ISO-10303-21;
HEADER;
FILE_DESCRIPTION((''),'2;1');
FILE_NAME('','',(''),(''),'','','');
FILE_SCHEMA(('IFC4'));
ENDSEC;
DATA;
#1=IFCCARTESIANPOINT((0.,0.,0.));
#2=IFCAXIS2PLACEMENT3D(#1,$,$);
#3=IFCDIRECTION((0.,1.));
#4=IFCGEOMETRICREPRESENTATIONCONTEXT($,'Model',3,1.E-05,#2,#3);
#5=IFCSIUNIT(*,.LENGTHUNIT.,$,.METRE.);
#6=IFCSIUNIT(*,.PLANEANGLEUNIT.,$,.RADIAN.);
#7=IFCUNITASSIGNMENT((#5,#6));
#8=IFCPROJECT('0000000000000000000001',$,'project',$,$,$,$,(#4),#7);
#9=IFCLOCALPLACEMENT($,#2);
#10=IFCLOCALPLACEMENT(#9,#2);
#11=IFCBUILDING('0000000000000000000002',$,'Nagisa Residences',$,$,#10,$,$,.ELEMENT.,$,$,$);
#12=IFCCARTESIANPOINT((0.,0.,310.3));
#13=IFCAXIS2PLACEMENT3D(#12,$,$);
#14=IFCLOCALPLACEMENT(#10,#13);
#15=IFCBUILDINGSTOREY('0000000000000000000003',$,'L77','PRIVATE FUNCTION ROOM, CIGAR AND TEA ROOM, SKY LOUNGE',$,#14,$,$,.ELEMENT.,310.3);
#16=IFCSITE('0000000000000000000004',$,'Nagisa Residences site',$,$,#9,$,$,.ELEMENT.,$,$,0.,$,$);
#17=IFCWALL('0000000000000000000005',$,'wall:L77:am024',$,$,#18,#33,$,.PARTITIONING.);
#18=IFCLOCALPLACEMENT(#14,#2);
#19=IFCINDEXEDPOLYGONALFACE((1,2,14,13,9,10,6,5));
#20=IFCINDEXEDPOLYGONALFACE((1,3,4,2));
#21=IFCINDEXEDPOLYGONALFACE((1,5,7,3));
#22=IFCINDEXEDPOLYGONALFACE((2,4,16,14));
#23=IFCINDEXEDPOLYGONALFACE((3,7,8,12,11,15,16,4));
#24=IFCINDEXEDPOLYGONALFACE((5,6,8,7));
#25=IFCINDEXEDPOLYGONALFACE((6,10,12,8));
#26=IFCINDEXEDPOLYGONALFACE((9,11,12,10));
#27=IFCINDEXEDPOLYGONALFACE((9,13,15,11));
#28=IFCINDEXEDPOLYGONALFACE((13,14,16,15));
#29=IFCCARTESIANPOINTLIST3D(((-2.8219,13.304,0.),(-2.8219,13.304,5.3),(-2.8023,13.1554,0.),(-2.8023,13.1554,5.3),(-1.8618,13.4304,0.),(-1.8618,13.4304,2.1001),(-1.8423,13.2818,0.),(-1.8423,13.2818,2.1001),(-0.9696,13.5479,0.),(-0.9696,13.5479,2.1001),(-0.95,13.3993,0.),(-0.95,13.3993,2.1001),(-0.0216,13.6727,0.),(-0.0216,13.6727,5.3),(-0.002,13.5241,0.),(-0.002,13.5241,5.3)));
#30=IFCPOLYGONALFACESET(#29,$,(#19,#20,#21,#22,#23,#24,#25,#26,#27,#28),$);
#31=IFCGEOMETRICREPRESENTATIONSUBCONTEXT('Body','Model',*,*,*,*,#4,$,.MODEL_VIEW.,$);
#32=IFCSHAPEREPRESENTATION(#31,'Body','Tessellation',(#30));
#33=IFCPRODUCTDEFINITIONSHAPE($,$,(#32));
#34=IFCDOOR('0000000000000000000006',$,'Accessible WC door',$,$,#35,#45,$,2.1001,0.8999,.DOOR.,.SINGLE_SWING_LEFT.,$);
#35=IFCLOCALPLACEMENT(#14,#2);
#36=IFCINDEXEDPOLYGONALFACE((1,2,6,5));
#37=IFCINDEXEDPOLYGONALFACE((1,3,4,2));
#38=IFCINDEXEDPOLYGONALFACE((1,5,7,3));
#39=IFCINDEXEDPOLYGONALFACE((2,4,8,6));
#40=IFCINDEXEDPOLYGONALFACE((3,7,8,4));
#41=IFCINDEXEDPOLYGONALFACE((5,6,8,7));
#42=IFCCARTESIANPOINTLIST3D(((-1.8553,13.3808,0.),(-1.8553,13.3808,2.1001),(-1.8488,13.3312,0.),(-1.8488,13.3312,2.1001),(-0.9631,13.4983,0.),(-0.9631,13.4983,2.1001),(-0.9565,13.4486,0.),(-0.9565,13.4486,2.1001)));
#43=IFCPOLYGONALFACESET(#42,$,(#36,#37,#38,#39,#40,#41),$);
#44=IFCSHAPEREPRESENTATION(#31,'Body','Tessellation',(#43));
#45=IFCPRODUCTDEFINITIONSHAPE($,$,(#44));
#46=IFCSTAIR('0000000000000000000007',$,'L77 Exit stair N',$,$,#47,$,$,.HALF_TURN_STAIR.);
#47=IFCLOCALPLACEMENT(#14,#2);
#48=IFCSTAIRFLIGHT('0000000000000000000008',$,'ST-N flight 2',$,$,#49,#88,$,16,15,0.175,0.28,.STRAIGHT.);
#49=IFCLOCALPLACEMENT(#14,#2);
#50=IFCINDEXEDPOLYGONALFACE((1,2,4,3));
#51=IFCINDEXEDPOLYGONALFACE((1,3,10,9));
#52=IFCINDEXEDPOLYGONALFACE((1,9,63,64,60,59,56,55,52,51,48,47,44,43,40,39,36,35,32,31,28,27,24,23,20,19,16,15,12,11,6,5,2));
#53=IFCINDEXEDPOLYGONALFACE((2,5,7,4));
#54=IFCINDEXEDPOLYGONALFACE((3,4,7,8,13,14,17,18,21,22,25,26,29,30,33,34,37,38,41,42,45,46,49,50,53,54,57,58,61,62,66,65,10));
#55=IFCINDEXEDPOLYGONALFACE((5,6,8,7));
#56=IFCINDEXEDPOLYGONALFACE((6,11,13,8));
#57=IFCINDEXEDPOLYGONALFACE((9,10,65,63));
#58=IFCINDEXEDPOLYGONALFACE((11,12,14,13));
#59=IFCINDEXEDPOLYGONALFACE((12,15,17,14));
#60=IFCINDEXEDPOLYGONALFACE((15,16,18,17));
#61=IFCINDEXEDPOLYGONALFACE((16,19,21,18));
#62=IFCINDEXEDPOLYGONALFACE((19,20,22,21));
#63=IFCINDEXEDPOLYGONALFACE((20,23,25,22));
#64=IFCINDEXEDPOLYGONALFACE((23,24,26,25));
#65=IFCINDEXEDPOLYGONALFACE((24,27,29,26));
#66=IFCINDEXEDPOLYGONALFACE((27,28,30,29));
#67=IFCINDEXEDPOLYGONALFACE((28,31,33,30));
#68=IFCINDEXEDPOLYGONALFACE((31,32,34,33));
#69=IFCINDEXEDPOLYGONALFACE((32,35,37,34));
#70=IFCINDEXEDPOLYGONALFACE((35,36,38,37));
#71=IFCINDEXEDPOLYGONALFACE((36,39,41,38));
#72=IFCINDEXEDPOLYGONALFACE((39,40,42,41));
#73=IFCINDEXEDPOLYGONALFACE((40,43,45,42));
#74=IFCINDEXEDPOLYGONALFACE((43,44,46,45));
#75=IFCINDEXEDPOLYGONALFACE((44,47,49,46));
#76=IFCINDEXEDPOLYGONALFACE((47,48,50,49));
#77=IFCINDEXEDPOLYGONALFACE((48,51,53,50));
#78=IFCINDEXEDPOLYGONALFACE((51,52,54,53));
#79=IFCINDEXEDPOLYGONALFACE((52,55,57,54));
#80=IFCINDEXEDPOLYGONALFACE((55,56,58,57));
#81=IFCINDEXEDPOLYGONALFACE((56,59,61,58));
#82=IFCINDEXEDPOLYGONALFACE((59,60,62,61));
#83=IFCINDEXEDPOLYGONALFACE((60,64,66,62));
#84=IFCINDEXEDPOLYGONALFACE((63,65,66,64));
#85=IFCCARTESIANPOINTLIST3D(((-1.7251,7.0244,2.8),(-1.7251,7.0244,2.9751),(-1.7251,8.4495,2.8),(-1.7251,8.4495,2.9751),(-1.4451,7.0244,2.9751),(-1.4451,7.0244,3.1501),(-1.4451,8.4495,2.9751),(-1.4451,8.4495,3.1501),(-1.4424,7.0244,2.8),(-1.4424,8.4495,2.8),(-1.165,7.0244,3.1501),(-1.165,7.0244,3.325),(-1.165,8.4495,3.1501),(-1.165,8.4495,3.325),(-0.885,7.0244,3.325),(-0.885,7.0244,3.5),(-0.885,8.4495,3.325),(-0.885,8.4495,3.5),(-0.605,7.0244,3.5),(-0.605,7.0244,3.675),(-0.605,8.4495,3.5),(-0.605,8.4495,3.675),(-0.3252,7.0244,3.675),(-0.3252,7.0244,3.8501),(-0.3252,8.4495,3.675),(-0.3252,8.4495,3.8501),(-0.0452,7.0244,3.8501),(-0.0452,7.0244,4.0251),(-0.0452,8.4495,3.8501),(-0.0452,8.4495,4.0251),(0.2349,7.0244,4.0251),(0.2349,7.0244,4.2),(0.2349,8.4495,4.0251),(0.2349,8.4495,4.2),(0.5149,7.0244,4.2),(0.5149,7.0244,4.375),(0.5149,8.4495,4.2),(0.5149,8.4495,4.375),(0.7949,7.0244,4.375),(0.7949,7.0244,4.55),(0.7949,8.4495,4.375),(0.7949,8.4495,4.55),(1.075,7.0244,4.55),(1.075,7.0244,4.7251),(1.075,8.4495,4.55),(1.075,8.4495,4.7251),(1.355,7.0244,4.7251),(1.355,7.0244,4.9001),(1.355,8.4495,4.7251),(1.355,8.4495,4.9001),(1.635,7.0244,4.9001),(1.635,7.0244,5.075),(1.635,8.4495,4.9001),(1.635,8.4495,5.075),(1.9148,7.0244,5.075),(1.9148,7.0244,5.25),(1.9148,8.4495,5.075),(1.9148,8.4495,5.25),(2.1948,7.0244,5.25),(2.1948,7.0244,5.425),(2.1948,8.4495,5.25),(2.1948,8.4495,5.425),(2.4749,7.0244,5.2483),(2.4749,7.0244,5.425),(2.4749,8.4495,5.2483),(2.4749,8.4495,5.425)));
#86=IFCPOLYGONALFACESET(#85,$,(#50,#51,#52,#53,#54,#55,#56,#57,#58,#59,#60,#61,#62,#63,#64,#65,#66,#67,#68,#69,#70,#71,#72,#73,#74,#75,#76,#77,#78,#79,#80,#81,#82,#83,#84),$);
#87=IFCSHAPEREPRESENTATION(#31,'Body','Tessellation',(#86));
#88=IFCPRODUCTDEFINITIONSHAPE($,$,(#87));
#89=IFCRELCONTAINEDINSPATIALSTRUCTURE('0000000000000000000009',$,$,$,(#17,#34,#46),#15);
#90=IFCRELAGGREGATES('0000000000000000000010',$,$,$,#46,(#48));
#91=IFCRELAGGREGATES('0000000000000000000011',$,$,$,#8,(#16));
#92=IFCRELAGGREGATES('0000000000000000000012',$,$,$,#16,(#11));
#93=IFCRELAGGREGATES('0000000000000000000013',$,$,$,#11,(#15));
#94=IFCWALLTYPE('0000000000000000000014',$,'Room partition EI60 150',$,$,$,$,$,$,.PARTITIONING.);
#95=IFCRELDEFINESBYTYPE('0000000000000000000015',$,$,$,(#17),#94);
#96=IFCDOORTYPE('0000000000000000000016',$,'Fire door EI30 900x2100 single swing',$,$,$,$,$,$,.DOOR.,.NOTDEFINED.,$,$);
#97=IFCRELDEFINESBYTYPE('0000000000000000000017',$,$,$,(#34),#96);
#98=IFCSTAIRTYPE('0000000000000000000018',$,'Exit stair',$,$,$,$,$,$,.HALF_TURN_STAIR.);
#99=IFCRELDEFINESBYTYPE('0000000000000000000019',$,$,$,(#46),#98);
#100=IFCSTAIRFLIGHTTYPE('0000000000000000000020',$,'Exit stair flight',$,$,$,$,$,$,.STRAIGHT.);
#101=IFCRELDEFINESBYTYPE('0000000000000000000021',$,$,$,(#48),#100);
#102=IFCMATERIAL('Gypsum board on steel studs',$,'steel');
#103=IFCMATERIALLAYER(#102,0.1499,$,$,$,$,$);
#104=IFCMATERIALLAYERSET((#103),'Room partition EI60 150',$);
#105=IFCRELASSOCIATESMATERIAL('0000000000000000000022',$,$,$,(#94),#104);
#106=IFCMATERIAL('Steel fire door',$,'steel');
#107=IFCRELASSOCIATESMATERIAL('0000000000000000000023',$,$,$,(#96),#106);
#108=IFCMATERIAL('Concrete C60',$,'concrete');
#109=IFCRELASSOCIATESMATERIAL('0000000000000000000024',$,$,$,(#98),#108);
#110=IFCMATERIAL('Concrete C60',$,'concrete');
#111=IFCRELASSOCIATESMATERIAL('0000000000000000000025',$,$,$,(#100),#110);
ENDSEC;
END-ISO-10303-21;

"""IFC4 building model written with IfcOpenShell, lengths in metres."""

from ifc_helpers import new_model, si_unit, direction, frame, frame_2d, origin, place, context, subcontext, project, spatial, polyline, rectangle, outline, extrude, material, layer, layer_set, type_object, element, fill, aggregate, save


model = new_model("IFC4")

# Units and contexts
model_context = context("Model", 3, precision=1e-05, world=origin(), true_north=direction((0.0, 1.0)))
body_context = subcontext(model_context, "Body", "Model", "MODEL_VIEW")
ifc_project = project(units=[si_unit("LENGTHUNIT", "METRE"), si_unit("PLANEANGLEUNIT", "RADIAN")], contexts=[model_context])

# Site, building, storey
site_placement = place(None, origin())
site = spatial("IfcSite", under=ifc_project, at=site_placement, Name="Nagisa Residences site", CompositionType="ELEMENT", RefElevation=0.0)
building_placement = place(site_placement, origin())
building = spatial("IfcBuilding", under=site, at=building_placement, Name="Nagisa Residences", CompositionType="ELEMENT")
storey_placement = place(building_placement, frame((0.0, 0.0, 310.3)))
storey = spatial("IfcBuildingStorey", under=building, at=storey_placement, Name="L77", Description="PRIVATE FUNCTION ROOM, CIGAR AND TEA ROOM, SKY LOUNGE", CompositionType="ELEMENT", Elevation=310.3)

# Shared definitions
ifc_material_1 = material(Name="Gypsum board on steel studs", Category="steel")
ifc_layer_1 = layer(ifc_material_1, 0.1499)
ifc_layer_set_1 = layer_set([ifc_layer_1], Name="Room partition EI60 150")
wall_type_1 = type_object("IfcWallType", Name="Room partition EI60 150", PredefinedType="PARTITIONING", material=ifc_layer_set_1)

# Wall, opening, door
wall_1_placement = place(storey_placement, frame((-2.812, 13.2297, 0.0), z_axis=(0.0, 0.0, 1.0), x_axis=(0.991445, 0.130522, 0.0)))
wall_1 = element("IfcWall", 1, at=wall_1_placement, inside=storey, type_object=wall_type_1, Name="wall:L77:am024", PredefinedType="PARTITIONING", context=body_context, shape_type="SweptSolid", body=[
    extrude(rectangle(XDim=2.8245, YDim=0.1499, at=frame_2d((1.4121, 0.0))), origin(), (0.0, 0.0, 1.0), 5.3),
])
opening_1_placement = place(wall_1_placement, frame((0.9683, 0.0, 0.0)))
opening_1 = element("IfcOpeningElement", 2, at=opening_1_placement, cuts=wall_1, PredefinedType="OPENING", context=body_context, shape_type="SweptSolid", body=[
    extrude(rectangle(XDim=0.8999, YDim=2.1001, at=frame_2d((0.45, 1.05))), frame((0.0, 0.085, 0.0), z_axis=(0.0, -1.0, 0.0), x_axis=(1.0, 0.0, 0.0)), (0.0, 0.0, 1.0), 0.1699),
])
ifc_material_2 = material(Name="Steel fire door", Category="steel")
door_type_1 = type_object("IfcDoorType", Name="Fire door EI30 900x2100 single swing", OperationType="NOTDEFINED", PredefinedType="DOOR", material=ifc_material_2)
door_1_placement = place(opening_1_placement, origin())
door_1 = element("IfcDoor", 3, at=door_1_placement, inside=storey, type_object=door_type_1, Name="Accessible WC door", OperationType="SINGLE_SWING_LEFT", OverallHeight=2.1001, OverallWidth=0.8999, PredefinedType="DOOR", context=body_context, shape_type="SweptSolid", body=[
    extrude(rectangle(XDim=0.8999, YDim=2.1001, at=frame_2d((0.45, 1.05))), frame((0.0, 0.0249, 0.0), z_axis=(0.0, -1.0, 0.0), x_axis=(1.0, 0.0, 0.0)), (0.0, 0.0, 1.0), 0.05),
])
fill(opening_1, door_1)

# Stair, stair flight
ifc_material_3 = material(Name="Concrete C60", Category="concrete")
stair_type = type_object("IfcStairType", Name="Exit stair", PredefinedType="HALF_TURN_STAIR", material=ifc_material_3)
stair_placement = place(storey_placement, origin())
stair = element("IfcStair", 4, at=stair_placement, inside=storey, type_object=stair_type, Name="L77 Exit stair N", PredefinedType="HALF_TURN_STAIR")
ifc_material_4 = material(Name="Concrete C60", Category="concrete")
stair_flight_type = type_object("IfcStairFlightType", Name="Exit stair flight", PredefinedType="STRAIGHT", material=ifc_material_4)
stair_flight_placement = place(storey_placement, frame((-1.7251, 7.7371, 2.8), z_axis=(0.0, 0.0, 1.0), x_axis=(1.0, 0.0, 0.0)))
stair_flight = element("IfcStairFlight", 5, at=stair_flight_placement, type_object=stair_flight_type, Name="ST-N flight 2", NumberOfRisers=16, NumberOfTreads=15, PredefinedType="STRAIGHT", RiserHeight=0.175, TreadLength=0.28, context=body_context, shape_type="SweptSolid", body=[
    extrude(outline(polyline([(0.0, 0.0), (0.0, 0.175), (0.28, 0.175), (0.28, 0.3501), (0.5601, 0.3501), (0.5601, 0.5249), (0.8401, 0.5249), (0.8401, 0.7), (1.1201, 0.7), (1.1201, 0.875), (1.3999, 0.875), (1.3999, 1.05), (1.6799, 1.05), (1.6799, 1.2251), (1.96, 1.2251), (1.96, 1.3999), (2.24, 1.3999), (2.24, 1.575), (2.52, 1.575), (2.52, 1.75), (2.8, 1.75), (2.8, 1.925), (3.0801, 1.925), (3.0801, 2.1001), (3.3601, 2.1001), (3.3601, 2.2749), (3.6399, 2.2749), (3.6399, 2.45), (3.9199, 2.45), (3.9199, 2.625), (4.2, 2.625), (4.2, 2.8), (4.2, 2.4482), (0.2827, 0.0), (0.0, 0.0)])), frame((0.0, 0.7124, 0.0), z_axis=(0.0, -1.0, 0.0), x_axis=(1.0, 0.0, 0.0)), (0.0, 0.0, 1.0), 1.425),
])
aggregate(stair, [stair_flight])

save(model, "model.ifc")
